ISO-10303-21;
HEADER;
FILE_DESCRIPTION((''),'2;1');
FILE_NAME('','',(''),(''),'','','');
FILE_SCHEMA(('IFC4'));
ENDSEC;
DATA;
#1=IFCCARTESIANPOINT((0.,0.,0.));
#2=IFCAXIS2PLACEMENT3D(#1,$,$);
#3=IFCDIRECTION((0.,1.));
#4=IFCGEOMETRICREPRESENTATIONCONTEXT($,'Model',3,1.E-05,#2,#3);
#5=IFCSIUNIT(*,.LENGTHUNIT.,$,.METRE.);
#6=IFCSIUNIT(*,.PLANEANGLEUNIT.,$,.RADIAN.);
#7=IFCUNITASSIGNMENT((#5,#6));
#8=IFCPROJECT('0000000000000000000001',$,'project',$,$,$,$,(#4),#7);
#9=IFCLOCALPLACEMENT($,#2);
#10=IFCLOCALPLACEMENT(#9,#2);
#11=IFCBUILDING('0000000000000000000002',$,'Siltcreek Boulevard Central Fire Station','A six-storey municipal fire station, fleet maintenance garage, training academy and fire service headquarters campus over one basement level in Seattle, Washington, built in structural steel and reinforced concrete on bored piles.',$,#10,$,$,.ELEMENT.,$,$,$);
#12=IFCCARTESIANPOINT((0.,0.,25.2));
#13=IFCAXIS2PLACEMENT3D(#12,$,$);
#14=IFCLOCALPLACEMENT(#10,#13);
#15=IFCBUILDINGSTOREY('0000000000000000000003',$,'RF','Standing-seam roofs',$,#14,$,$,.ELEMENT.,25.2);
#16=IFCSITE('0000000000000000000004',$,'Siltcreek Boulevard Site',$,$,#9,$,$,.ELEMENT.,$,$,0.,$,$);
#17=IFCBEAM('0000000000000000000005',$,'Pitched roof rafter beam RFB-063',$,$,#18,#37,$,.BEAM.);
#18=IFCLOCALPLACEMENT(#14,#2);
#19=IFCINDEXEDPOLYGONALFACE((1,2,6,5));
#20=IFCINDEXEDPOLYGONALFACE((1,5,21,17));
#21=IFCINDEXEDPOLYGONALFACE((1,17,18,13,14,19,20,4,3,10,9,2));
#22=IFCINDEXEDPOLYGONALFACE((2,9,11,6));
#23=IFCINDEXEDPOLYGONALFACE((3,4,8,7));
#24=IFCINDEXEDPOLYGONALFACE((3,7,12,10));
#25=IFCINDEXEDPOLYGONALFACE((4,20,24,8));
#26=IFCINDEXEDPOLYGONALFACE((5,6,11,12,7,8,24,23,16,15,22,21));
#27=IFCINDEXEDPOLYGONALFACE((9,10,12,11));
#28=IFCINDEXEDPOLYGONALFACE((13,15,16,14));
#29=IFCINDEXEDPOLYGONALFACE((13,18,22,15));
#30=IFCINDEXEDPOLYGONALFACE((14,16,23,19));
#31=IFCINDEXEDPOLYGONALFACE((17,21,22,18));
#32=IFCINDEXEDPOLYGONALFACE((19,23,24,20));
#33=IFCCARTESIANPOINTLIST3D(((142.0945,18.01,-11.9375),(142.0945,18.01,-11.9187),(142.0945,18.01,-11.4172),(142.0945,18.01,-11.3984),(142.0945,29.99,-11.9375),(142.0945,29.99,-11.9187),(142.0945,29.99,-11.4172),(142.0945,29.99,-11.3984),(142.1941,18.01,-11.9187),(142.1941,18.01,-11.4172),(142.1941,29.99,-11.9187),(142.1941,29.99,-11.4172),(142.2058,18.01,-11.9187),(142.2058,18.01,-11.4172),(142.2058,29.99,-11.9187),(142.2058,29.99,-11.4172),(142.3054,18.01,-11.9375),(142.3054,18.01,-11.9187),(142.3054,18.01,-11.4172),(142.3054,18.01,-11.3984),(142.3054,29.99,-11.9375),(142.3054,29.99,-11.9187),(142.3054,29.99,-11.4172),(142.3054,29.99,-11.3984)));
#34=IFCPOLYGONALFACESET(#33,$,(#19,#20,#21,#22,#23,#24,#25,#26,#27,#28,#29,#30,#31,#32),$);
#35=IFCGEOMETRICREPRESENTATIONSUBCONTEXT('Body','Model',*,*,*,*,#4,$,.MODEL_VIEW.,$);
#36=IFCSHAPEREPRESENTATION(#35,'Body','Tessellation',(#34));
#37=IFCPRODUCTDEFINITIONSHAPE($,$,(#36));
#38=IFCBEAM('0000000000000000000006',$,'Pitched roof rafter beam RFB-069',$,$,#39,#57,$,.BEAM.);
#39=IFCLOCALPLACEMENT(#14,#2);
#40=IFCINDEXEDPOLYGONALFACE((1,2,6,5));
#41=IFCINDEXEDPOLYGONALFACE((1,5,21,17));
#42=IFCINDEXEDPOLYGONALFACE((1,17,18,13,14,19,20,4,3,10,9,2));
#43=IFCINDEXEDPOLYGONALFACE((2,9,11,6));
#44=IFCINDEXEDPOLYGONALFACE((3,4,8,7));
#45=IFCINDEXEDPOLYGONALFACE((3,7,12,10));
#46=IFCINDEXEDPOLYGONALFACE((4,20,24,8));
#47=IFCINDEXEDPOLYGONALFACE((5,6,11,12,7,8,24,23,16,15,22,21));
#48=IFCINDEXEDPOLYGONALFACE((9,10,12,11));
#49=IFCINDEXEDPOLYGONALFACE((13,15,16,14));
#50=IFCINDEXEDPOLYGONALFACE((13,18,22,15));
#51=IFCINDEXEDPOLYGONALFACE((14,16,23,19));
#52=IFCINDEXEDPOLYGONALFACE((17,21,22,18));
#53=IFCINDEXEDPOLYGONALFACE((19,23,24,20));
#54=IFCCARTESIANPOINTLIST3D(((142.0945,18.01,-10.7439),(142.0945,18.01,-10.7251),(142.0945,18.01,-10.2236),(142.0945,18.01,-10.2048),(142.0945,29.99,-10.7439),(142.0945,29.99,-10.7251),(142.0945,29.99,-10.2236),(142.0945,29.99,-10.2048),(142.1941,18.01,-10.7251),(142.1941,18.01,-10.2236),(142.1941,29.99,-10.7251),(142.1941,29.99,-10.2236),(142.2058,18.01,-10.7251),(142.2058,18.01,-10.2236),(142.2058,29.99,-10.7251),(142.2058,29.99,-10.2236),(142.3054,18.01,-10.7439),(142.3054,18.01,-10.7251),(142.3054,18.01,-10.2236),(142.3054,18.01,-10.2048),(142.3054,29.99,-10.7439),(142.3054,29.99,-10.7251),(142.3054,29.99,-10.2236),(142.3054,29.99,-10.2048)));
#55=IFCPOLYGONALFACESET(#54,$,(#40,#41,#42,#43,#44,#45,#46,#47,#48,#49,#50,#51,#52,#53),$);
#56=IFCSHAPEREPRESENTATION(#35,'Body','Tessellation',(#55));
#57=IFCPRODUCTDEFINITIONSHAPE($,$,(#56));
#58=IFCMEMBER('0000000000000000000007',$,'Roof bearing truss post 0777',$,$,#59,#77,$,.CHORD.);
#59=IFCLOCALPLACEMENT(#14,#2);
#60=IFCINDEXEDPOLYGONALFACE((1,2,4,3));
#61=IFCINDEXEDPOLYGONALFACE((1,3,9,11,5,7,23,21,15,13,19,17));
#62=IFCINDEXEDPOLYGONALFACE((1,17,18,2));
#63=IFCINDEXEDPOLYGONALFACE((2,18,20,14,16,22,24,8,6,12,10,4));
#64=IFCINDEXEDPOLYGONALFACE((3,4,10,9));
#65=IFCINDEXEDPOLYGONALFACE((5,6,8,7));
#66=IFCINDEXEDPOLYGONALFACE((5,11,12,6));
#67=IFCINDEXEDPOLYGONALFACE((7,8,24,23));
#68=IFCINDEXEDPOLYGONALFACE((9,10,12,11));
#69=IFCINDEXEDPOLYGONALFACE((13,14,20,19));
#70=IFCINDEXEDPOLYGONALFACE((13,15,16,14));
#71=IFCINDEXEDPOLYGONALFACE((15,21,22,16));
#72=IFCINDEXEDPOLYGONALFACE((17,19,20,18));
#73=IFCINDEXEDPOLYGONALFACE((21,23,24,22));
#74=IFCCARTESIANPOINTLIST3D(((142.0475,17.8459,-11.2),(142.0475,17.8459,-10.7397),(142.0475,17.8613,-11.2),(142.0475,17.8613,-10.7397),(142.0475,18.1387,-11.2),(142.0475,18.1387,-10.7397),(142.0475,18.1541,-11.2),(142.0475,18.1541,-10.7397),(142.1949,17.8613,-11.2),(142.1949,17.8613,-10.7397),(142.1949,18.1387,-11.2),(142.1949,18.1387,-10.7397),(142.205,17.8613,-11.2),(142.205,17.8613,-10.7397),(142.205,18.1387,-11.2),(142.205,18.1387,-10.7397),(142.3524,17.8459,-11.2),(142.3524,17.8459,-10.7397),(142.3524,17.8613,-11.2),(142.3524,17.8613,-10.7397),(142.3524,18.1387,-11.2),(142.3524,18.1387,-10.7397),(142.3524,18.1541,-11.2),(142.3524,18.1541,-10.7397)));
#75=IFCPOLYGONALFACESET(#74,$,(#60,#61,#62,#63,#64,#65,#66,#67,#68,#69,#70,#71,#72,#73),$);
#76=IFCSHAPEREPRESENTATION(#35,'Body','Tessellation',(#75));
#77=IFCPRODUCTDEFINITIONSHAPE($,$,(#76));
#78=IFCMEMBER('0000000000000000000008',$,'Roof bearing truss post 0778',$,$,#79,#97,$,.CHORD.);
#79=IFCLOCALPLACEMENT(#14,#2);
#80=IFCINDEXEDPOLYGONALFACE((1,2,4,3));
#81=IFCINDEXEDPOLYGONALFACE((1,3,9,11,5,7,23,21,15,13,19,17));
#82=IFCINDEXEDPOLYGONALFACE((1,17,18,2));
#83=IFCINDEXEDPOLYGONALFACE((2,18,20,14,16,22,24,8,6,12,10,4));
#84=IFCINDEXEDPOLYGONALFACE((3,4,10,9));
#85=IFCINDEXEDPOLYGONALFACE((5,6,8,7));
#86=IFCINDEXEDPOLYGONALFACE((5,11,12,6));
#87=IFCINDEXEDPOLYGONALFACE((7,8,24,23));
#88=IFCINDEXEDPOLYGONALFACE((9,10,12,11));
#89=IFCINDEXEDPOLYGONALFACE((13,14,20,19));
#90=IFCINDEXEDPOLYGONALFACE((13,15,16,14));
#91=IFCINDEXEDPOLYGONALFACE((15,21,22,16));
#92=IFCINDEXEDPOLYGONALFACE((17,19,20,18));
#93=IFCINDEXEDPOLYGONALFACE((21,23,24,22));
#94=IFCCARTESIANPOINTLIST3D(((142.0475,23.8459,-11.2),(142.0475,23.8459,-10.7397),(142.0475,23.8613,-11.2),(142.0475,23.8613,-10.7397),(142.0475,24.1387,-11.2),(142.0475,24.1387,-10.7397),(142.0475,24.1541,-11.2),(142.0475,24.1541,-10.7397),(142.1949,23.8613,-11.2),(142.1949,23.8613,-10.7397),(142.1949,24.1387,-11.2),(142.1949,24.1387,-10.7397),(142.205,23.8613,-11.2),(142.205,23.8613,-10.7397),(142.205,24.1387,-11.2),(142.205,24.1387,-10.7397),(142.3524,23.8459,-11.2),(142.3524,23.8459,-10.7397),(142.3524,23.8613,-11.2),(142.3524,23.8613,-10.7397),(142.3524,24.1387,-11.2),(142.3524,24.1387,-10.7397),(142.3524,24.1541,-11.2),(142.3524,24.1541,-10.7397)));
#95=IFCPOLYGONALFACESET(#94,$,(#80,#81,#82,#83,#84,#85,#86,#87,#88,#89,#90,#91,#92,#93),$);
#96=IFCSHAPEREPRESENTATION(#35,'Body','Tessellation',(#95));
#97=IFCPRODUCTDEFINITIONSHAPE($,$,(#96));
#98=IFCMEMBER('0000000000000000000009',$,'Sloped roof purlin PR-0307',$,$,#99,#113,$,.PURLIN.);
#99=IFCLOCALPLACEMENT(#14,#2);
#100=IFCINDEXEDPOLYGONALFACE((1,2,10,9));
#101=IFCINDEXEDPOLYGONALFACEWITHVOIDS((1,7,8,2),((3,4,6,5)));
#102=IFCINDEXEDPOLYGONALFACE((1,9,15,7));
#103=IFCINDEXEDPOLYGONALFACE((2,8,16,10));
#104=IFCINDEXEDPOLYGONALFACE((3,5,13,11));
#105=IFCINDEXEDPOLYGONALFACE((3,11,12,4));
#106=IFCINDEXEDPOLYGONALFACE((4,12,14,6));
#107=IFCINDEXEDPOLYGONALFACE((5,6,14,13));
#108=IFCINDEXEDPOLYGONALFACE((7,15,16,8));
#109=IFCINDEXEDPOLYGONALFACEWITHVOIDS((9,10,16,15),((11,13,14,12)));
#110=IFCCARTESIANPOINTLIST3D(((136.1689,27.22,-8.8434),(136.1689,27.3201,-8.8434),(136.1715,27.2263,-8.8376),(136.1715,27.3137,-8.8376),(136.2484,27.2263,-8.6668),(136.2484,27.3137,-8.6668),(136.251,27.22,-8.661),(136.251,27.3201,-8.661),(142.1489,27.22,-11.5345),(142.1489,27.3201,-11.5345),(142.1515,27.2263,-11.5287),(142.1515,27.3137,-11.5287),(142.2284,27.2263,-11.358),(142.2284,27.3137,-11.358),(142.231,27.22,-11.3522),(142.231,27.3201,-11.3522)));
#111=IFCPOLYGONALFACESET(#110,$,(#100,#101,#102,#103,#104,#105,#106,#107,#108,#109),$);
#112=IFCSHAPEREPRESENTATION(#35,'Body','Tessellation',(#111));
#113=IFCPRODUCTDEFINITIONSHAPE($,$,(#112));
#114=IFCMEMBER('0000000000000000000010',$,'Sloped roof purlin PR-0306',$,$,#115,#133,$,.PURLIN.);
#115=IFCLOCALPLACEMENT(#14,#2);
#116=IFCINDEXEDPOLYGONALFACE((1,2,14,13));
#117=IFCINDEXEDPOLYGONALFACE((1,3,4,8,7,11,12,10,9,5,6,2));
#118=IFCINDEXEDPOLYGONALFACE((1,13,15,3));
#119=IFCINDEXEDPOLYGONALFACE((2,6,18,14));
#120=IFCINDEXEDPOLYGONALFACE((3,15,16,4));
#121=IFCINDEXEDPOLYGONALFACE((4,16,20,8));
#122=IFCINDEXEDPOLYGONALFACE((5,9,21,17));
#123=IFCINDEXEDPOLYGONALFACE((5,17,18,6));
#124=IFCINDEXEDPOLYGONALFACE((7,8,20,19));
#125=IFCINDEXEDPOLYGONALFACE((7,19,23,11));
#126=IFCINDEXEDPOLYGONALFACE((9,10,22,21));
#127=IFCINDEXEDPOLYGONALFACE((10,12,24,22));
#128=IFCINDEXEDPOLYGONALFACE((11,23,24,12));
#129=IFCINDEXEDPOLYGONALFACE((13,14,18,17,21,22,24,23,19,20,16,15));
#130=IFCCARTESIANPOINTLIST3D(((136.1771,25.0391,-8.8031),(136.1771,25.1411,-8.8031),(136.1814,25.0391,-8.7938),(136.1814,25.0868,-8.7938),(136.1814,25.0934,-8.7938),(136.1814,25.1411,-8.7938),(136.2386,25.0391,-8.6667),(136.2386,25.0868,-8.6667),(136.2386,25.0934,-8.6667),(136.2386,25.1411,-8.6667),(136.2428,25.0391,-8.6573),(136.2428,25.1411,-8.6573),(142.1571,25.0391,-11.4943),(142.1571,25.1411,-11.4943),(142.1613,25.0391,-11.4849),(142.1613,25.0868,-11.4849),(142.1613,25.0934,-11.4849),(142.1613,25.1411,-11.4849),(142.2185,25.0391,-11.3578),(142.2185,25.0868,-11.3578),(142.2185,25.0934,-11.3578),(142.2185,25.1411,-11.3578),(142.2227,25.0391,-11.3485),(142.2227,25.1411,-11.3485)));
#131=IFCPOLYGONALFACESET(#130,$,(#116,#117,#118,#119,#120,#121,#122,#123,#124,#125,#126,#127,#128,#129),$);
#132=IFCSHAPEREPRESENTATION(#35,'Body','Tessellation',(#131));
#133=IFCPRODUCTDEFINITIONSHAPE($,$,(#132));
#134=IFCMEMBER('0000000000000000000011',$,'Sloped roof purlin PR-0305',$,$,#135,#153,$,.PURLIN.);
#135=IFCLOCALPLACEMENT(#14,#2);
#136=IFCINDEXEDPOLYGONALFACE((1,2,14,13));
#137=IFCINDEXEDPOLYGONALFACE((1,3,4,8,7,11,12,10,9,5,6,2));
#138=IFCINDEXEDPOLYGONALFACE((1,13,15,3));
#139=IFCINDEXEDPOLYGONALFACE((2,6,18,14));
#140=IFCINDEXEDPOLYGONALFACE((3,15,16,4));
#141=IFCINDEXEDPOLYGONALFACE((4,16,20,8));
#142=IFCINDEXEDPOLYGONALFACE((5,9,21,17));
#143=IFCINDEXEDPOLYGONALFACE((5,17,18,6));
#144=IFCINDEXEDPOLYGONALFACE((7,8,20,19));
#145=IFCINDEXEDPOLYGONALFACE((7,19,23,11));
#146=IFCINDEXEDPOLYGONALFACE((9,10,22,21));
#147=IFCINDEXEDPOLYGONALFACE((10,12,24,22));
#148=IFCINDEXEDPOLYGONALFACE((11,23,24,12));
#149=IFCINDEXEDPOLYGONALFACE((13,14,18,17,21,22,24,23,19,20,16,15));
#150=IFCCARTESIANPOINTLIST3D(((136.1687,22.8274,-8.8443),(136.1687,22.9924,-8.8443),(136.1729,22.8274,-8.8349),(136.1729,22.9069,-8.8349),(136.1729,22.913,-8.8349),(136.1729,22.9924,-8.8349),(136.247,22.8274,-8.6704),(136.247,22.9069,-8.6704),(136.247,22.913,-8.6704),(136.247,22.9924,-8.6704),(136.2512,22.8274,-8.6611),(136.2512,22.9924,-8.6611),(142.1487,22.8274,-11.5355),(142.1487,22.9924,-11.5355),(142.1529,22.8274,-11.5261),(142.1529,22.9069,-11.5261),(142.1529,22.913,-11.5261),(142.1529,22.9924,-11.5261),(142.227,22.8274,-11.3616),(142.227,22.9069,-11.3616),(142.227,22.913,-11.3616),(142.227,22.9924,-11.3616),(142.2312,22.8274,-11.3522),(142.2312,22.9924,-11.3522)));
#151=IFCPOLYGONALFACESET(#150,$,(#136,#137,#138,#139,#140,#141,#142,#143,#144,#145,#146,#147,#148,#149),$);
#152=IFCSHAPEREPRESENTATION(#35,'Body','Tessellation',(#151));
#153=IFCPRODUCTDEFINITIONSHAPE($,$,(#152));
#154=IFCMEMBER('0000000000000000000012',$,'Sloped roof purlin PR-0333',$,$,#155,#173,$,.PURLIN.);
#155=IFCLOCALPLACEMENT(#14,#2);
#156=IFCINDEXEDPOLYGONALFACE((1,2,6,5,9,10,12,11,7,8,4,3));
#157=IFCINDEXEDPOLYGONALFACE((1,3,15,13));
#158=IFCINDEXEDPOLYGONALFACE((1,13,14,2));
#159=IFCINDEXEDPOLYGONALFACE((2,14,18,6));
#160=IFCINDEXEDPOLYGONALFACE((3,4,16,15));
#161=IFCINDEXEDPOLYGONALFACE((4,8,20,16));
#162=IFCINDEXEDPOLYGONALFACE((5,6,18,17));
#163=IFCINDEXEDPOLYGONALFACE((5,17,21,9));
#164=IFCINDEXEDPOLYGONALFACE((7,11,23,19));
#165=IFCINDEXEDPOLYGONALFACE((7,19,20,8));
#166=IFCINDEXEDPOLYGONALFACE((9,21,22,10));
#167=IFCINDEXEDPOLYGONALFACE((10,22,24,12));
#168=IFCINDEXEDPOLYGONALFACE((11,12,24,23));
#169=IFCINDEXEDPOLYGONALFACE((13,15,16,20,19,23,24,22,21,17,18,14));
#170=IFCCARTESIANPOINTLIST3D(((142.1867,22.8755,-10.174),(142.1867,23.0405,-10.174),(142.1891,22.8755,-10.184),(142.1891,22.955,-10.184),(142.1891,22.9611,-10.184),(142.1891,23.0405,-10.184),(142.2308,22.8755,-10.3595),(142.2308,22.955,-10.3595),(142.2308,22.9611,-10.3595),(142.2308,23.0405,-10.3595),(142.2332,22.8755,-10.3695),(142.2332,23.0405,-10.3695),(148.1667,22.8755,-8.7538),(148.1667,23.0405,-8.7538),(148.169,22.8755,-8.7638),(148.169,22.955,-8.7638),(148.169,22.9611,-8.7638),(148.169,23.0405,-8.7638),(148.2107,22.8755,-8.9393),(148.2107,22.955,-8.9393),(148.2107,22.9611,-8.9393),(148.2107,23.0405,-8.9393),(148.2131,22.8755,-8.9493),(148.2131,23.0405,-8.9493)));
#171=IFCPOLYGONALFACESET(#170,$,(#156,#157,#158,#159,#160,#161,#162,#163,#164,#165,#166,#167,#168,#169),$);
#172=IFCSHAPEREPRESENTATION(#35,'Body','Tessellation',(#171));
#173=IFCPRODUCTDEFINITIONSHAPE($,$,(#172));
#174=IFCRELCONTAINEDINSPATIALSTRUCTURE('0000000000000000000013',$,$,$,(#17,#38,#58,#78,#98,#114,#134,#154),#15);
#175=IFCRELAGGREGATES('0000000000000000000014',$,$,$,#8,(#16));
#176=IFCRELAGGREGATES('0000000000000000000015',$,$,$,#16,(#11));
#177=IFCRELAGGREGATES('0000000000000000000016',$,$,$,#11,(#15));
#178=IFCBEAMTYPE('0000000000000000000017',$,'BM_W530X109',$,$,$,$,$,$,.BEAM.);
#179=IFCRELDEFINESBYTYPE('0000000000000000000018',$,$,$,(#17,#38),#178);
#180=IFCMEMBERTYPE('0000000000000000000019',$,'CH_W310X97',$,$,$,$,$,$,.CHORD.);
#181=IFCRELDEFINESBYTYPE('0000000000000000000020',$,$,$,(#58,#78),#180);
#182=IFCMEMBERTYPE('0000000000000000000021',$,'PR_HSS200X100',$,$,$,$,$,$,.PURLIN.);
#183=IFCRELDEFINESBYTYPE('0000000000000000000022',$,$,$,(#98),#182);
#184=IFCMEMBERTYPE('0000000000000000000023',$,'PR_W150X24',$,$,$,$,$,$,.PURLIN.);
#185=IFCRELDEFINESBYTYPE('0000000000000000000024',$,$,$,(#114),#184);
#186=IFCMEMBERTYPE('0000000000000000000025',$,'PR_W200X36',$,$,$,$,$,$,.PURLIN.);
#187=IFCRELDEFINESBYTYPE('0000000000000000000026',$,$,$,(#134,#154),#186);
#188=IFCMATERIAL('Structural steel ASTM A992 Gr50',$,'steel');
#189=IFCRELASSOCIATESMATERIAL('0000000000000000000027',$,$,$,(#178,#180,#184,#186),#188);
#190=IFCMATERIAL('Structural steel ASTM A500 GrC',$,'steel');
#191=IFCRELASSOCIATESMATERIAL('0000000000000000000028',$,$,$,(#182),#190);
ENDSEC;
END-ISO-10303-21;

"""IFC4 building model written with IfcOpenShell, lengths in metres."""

from ifc_helpers import new_model, si_unit, direction, frame, origin, origin_2d, place, context, subcontext, project, spatial, hollow_rectangle, i_section, extrude, material, material_profile, profile_set, type_object, element, save


model = new_model("IFC4")

# Units and contexts
model_context = context("Model", 3, precision=1e-05, world=origin(), true_north=direction((0.0, 1.0)))
body_context = subcontext(model_context, "Body", "Model", "MODEL_VIEW")
ifc_project = project(units=[si_unit("LENGTHUNIT", "METRE"), si_unit("PLANEANGLEUNIT", "RADIAN")], contexts=[model_context])

# Site, building, storey
site_placement = place(None, origin())
site = spatial("IfcSite", under=ifc_project, at=site_placement, Name="Siltcreek Boulevard Site", CompositionType="ELEMENT", RefElevation=0.0)
building_placement = place(site_placement, origin())
building = spatial("IfcBuilding", under=site, at=building_placement, Name="Siltcreek Boulevard Central Fire Station", Description="A six-storey municipal fire station, fleet maintenance garage, training academy and fire service headquarters campus over one basement level in Seattle, Washington, built in structural steel and reinforced concrete on bored piles.", CompositionType="ELEMENT")
storey_placement = place(building_placement, frame((0.0, 0.0, 25.2)))
storey = spatial("IfcBuildingStorey", under=building, at=storey_placement, Name="RF", Description="Standing-seam roofs", CompositionType="ELEMENT", Elevation=25.2)

# Beams
ifc_material_1 = material(Name="Structural steel ASTM A992 Gr50", Category="steel")
ifc_material_profile_1 = material_profile(ifc_material_1, i_section(OverallWidth=0.2109, OverallDepth=0.5391, WebThickness=0.0117, FlangeThickness=0.0188, at=origin_2d()), Name="W530X109")
ifc_profile_set_1 = profile_set([ifc_material_profile_1], Name="Structural steel ASTM A992 Gr50")
beam_type = type_object("IfcBeamType", Name="BM_W530X109", PredefinedType="BEAM", material=ifc_profile_set_1)
for number, where, z_axis, x_axis, name in (
    (1, (142.2, 18.01, -11.668), (0.0, 1.0, 0.0), (-1.0, 0.0, 0.0), "Pitched roof rafter beam RFB-063"),
    (2, (142.2, 18.01, -10.4744), (0.0, 1.0, 0.0), (-1.0, 0.0, 0.0), "Pitched roof rafter beam RFB-069"),
):
    element("IfcBeam", number, at=place(storey_placement, frame(where, z_axis=z_axis, x_axis=x_axis)), inside=storey, type_object=beam_type, Name=name, PredefinedType="BEAM", context=body_context, shape_type="SweptSolid", body=[
        extrude(i_section(OverallWidth=0.2109, OverallDepth=0.5391, WebThickness=0.0117, FlangeThickness=0.0188, at=origin_2d()), origin(), (0.0, 0.0, 1.0), 11.98),
    ])

# Members
ifc_material_profile_2 = material_profile(ifc_material_1, i_section(OverallWidth=0.3049, OverallDepth=0.3081, WebThickness=0.01, FlangeThickness=0.0154, at=origin_2d()), Name="W310X97")
ifc_profile_set_2 = profile_set([ifc_material_profile_2], Name="Structural steel ASTM A992 Gr50")
member_type_1 = type_object("IfcMemberType", Name="CH_W310X97", PredefinedType="CHORD", material=ifc_profile_set_2)
for number, where, z_axis, x_axis, name in (
    (3, (142.2, 18.0, -11.2), (0.0, 0.0, 1.0), (1.0, 0.0, 0.0), "Roof bearing truss post 0777"),
    (4, (142.2, 24.0, -11.2), (0.0, 0.0, 1.0), (1.0, 0.0, 0.0), "Roof bearing truss post 0778"),
):
    element("IfcMember", number, at=place(storey_placement, frame(where, z_axis=z_axis, x_axis=x_axis)), inside=storey, type_object=member_type_1, Name=name, PredefinedType="CHORD", context=body_context, shape_type="SweptSolid", body=[
        extrude(i_section(OverallWidth=0.3049, OverallDepth=0.3081, WebThickness=0.01, FlangeThickness=0.0154, at=origin_2d()), origin(), (0.0, 0.0, 1.0), 0.4602),
    ])
ifc_material_2 = material(Name="Structural steel ASTM A500 GrC", Category="steel")
ifc_material_profile_3 = material_profile(ifc_material_2, hollow_rectangle(XDim=0.1001, YDim=0.2, WallThickness=0.0063, at=origin_2d()), Name="HSS200X100X6.4")
ifc_profile_set_3 = profile_set([ifc_material_profile_3], Name="Structural steel ASTM A500 GrC")
member_type_2 = type_object("IfcMemberType", Name="PR_HSS200X100", PredefinedType="PURLIN", material=ifc_profile_set_3)
member_1_placement = place(storey_placement, frame((136.21, 27.27, -8.7522), z_axis=(0.911912, 0.0, -0.410386), x_axis=(0.0, 1.0, 0.0)))
element("IfcMember", 5, at=member_1_placement, inside=storey, type_object=member_type_2, Name="Sloped roof purlin PR-0307", PredefinedType="PURLIN", context=body_context, shape_type="SweptSolid", body=[
    extrude(hollow_rectangle(XDim=0.1001, YDim=0.2, WallThickness=0.0063, at=origin_2d()), origin(), (0.0, 0.0, 1.0), 6.5576),
])
ifc_material_profile_4 = material_profile(ifc_material_1, i_section(OverallWidth=0.1021, OverallDepth=0.1599, WebThickness=0.0066, FlangeThickness=0.0103, at=origin_2d()), Name="W150X24")
ifc_profile_set_4 = profile_set([ifc_material_profile_4], Name="Structural steel ASTM A992 Gr50")
member_type_3 = type_object("IfcMemberType", Name="PR_W150X24", PredefinedType="PURLIN", material=ifc_profile_set_4)
member_2_placement = place(storey_placement, frame((136.21, 25.0901, -8.7302), z_axis=(0.911912, 0.0, -0.410386), x_axis=(0.0, 1.0, 0.0)))
element("IfcMember", 6, at=member_2_placement, inside=storey, type_object=member_type_3, Name="Sloped roof purlin PR-0306", PredefinedType="PURLIN", context=body_context, shape_type="SweptSolid", body=[
    extrude(i_section(OverallWidth=0.1021, OverallDepth=0.1599, WebThickness=0.0066, FlangeThickness=0.0103, at=origin_2d()), origin(), (0.0, 0.0, 1.0), 6.5576),
])
ifc_material_profile_5 = material_profile(ifc_material_1, i_section(OverallWidth=0.165, OverallDepth=0.2009, WebThickness=0.0061, FlangeThickness=0.0103, at=origin_2d()), Name="W200X36")
ifc_profile_set_5 = profile_set([ifc_material_profile_5], Name="Structural steel ASTM A992 Gr50")
member_type_4 = type_object("IfcMemberType", Name="PR_W200X36", PredefinedType="PURLIN", material=ifc_profile_set_5)
member_3_placement = place(storey_placement, frame((136.21, 22.9099, -8.7527), z_axis=(0.911912, 0.0, -0.410386), x_axis=(0.0, 1.0, 0.0)))
element("IfcMember", 7, at=member_3_placement, inside=storey, type_object=member_type_4, Name="Sloped roof purlin PR-0305", PredefinedType="PURLIN", context=body_context, shape_type="SweptSolid", body=[
    extrude(i_section(OverallWidth=0.165, OverallDepth=0.2009, WebThickness=0.0061, FlangeThickness=0.0103, at=origin_2d()), origin(), (0.0, 0.0, 1.0), 6.5576),
])
member_4_placement = place(storey_placement, frame((142.21, 22.958, -10.2717), z_axis=(0.972939, 0.0, 0.23106), x_axis=(0.0, 1.0, 0.0)))
element("IfcMember", 8, at=member_4_placement, inside=storey, type_object=member_type_4, Name="Sloped roof purlin PR-0333", PredefinedType="PURLIN", context=body_context, shape_type="SweptSolid", body=[
    extrude(i_section(OverallWidth=0.165, OverallDepth=0.2009, WebThickness=0.0061, FlangeThickness=0.0103, at=origin_2d()), origin(), (0.0, 0.0, 1.0), 6.1462),
])

save(model, "model.ifc")
